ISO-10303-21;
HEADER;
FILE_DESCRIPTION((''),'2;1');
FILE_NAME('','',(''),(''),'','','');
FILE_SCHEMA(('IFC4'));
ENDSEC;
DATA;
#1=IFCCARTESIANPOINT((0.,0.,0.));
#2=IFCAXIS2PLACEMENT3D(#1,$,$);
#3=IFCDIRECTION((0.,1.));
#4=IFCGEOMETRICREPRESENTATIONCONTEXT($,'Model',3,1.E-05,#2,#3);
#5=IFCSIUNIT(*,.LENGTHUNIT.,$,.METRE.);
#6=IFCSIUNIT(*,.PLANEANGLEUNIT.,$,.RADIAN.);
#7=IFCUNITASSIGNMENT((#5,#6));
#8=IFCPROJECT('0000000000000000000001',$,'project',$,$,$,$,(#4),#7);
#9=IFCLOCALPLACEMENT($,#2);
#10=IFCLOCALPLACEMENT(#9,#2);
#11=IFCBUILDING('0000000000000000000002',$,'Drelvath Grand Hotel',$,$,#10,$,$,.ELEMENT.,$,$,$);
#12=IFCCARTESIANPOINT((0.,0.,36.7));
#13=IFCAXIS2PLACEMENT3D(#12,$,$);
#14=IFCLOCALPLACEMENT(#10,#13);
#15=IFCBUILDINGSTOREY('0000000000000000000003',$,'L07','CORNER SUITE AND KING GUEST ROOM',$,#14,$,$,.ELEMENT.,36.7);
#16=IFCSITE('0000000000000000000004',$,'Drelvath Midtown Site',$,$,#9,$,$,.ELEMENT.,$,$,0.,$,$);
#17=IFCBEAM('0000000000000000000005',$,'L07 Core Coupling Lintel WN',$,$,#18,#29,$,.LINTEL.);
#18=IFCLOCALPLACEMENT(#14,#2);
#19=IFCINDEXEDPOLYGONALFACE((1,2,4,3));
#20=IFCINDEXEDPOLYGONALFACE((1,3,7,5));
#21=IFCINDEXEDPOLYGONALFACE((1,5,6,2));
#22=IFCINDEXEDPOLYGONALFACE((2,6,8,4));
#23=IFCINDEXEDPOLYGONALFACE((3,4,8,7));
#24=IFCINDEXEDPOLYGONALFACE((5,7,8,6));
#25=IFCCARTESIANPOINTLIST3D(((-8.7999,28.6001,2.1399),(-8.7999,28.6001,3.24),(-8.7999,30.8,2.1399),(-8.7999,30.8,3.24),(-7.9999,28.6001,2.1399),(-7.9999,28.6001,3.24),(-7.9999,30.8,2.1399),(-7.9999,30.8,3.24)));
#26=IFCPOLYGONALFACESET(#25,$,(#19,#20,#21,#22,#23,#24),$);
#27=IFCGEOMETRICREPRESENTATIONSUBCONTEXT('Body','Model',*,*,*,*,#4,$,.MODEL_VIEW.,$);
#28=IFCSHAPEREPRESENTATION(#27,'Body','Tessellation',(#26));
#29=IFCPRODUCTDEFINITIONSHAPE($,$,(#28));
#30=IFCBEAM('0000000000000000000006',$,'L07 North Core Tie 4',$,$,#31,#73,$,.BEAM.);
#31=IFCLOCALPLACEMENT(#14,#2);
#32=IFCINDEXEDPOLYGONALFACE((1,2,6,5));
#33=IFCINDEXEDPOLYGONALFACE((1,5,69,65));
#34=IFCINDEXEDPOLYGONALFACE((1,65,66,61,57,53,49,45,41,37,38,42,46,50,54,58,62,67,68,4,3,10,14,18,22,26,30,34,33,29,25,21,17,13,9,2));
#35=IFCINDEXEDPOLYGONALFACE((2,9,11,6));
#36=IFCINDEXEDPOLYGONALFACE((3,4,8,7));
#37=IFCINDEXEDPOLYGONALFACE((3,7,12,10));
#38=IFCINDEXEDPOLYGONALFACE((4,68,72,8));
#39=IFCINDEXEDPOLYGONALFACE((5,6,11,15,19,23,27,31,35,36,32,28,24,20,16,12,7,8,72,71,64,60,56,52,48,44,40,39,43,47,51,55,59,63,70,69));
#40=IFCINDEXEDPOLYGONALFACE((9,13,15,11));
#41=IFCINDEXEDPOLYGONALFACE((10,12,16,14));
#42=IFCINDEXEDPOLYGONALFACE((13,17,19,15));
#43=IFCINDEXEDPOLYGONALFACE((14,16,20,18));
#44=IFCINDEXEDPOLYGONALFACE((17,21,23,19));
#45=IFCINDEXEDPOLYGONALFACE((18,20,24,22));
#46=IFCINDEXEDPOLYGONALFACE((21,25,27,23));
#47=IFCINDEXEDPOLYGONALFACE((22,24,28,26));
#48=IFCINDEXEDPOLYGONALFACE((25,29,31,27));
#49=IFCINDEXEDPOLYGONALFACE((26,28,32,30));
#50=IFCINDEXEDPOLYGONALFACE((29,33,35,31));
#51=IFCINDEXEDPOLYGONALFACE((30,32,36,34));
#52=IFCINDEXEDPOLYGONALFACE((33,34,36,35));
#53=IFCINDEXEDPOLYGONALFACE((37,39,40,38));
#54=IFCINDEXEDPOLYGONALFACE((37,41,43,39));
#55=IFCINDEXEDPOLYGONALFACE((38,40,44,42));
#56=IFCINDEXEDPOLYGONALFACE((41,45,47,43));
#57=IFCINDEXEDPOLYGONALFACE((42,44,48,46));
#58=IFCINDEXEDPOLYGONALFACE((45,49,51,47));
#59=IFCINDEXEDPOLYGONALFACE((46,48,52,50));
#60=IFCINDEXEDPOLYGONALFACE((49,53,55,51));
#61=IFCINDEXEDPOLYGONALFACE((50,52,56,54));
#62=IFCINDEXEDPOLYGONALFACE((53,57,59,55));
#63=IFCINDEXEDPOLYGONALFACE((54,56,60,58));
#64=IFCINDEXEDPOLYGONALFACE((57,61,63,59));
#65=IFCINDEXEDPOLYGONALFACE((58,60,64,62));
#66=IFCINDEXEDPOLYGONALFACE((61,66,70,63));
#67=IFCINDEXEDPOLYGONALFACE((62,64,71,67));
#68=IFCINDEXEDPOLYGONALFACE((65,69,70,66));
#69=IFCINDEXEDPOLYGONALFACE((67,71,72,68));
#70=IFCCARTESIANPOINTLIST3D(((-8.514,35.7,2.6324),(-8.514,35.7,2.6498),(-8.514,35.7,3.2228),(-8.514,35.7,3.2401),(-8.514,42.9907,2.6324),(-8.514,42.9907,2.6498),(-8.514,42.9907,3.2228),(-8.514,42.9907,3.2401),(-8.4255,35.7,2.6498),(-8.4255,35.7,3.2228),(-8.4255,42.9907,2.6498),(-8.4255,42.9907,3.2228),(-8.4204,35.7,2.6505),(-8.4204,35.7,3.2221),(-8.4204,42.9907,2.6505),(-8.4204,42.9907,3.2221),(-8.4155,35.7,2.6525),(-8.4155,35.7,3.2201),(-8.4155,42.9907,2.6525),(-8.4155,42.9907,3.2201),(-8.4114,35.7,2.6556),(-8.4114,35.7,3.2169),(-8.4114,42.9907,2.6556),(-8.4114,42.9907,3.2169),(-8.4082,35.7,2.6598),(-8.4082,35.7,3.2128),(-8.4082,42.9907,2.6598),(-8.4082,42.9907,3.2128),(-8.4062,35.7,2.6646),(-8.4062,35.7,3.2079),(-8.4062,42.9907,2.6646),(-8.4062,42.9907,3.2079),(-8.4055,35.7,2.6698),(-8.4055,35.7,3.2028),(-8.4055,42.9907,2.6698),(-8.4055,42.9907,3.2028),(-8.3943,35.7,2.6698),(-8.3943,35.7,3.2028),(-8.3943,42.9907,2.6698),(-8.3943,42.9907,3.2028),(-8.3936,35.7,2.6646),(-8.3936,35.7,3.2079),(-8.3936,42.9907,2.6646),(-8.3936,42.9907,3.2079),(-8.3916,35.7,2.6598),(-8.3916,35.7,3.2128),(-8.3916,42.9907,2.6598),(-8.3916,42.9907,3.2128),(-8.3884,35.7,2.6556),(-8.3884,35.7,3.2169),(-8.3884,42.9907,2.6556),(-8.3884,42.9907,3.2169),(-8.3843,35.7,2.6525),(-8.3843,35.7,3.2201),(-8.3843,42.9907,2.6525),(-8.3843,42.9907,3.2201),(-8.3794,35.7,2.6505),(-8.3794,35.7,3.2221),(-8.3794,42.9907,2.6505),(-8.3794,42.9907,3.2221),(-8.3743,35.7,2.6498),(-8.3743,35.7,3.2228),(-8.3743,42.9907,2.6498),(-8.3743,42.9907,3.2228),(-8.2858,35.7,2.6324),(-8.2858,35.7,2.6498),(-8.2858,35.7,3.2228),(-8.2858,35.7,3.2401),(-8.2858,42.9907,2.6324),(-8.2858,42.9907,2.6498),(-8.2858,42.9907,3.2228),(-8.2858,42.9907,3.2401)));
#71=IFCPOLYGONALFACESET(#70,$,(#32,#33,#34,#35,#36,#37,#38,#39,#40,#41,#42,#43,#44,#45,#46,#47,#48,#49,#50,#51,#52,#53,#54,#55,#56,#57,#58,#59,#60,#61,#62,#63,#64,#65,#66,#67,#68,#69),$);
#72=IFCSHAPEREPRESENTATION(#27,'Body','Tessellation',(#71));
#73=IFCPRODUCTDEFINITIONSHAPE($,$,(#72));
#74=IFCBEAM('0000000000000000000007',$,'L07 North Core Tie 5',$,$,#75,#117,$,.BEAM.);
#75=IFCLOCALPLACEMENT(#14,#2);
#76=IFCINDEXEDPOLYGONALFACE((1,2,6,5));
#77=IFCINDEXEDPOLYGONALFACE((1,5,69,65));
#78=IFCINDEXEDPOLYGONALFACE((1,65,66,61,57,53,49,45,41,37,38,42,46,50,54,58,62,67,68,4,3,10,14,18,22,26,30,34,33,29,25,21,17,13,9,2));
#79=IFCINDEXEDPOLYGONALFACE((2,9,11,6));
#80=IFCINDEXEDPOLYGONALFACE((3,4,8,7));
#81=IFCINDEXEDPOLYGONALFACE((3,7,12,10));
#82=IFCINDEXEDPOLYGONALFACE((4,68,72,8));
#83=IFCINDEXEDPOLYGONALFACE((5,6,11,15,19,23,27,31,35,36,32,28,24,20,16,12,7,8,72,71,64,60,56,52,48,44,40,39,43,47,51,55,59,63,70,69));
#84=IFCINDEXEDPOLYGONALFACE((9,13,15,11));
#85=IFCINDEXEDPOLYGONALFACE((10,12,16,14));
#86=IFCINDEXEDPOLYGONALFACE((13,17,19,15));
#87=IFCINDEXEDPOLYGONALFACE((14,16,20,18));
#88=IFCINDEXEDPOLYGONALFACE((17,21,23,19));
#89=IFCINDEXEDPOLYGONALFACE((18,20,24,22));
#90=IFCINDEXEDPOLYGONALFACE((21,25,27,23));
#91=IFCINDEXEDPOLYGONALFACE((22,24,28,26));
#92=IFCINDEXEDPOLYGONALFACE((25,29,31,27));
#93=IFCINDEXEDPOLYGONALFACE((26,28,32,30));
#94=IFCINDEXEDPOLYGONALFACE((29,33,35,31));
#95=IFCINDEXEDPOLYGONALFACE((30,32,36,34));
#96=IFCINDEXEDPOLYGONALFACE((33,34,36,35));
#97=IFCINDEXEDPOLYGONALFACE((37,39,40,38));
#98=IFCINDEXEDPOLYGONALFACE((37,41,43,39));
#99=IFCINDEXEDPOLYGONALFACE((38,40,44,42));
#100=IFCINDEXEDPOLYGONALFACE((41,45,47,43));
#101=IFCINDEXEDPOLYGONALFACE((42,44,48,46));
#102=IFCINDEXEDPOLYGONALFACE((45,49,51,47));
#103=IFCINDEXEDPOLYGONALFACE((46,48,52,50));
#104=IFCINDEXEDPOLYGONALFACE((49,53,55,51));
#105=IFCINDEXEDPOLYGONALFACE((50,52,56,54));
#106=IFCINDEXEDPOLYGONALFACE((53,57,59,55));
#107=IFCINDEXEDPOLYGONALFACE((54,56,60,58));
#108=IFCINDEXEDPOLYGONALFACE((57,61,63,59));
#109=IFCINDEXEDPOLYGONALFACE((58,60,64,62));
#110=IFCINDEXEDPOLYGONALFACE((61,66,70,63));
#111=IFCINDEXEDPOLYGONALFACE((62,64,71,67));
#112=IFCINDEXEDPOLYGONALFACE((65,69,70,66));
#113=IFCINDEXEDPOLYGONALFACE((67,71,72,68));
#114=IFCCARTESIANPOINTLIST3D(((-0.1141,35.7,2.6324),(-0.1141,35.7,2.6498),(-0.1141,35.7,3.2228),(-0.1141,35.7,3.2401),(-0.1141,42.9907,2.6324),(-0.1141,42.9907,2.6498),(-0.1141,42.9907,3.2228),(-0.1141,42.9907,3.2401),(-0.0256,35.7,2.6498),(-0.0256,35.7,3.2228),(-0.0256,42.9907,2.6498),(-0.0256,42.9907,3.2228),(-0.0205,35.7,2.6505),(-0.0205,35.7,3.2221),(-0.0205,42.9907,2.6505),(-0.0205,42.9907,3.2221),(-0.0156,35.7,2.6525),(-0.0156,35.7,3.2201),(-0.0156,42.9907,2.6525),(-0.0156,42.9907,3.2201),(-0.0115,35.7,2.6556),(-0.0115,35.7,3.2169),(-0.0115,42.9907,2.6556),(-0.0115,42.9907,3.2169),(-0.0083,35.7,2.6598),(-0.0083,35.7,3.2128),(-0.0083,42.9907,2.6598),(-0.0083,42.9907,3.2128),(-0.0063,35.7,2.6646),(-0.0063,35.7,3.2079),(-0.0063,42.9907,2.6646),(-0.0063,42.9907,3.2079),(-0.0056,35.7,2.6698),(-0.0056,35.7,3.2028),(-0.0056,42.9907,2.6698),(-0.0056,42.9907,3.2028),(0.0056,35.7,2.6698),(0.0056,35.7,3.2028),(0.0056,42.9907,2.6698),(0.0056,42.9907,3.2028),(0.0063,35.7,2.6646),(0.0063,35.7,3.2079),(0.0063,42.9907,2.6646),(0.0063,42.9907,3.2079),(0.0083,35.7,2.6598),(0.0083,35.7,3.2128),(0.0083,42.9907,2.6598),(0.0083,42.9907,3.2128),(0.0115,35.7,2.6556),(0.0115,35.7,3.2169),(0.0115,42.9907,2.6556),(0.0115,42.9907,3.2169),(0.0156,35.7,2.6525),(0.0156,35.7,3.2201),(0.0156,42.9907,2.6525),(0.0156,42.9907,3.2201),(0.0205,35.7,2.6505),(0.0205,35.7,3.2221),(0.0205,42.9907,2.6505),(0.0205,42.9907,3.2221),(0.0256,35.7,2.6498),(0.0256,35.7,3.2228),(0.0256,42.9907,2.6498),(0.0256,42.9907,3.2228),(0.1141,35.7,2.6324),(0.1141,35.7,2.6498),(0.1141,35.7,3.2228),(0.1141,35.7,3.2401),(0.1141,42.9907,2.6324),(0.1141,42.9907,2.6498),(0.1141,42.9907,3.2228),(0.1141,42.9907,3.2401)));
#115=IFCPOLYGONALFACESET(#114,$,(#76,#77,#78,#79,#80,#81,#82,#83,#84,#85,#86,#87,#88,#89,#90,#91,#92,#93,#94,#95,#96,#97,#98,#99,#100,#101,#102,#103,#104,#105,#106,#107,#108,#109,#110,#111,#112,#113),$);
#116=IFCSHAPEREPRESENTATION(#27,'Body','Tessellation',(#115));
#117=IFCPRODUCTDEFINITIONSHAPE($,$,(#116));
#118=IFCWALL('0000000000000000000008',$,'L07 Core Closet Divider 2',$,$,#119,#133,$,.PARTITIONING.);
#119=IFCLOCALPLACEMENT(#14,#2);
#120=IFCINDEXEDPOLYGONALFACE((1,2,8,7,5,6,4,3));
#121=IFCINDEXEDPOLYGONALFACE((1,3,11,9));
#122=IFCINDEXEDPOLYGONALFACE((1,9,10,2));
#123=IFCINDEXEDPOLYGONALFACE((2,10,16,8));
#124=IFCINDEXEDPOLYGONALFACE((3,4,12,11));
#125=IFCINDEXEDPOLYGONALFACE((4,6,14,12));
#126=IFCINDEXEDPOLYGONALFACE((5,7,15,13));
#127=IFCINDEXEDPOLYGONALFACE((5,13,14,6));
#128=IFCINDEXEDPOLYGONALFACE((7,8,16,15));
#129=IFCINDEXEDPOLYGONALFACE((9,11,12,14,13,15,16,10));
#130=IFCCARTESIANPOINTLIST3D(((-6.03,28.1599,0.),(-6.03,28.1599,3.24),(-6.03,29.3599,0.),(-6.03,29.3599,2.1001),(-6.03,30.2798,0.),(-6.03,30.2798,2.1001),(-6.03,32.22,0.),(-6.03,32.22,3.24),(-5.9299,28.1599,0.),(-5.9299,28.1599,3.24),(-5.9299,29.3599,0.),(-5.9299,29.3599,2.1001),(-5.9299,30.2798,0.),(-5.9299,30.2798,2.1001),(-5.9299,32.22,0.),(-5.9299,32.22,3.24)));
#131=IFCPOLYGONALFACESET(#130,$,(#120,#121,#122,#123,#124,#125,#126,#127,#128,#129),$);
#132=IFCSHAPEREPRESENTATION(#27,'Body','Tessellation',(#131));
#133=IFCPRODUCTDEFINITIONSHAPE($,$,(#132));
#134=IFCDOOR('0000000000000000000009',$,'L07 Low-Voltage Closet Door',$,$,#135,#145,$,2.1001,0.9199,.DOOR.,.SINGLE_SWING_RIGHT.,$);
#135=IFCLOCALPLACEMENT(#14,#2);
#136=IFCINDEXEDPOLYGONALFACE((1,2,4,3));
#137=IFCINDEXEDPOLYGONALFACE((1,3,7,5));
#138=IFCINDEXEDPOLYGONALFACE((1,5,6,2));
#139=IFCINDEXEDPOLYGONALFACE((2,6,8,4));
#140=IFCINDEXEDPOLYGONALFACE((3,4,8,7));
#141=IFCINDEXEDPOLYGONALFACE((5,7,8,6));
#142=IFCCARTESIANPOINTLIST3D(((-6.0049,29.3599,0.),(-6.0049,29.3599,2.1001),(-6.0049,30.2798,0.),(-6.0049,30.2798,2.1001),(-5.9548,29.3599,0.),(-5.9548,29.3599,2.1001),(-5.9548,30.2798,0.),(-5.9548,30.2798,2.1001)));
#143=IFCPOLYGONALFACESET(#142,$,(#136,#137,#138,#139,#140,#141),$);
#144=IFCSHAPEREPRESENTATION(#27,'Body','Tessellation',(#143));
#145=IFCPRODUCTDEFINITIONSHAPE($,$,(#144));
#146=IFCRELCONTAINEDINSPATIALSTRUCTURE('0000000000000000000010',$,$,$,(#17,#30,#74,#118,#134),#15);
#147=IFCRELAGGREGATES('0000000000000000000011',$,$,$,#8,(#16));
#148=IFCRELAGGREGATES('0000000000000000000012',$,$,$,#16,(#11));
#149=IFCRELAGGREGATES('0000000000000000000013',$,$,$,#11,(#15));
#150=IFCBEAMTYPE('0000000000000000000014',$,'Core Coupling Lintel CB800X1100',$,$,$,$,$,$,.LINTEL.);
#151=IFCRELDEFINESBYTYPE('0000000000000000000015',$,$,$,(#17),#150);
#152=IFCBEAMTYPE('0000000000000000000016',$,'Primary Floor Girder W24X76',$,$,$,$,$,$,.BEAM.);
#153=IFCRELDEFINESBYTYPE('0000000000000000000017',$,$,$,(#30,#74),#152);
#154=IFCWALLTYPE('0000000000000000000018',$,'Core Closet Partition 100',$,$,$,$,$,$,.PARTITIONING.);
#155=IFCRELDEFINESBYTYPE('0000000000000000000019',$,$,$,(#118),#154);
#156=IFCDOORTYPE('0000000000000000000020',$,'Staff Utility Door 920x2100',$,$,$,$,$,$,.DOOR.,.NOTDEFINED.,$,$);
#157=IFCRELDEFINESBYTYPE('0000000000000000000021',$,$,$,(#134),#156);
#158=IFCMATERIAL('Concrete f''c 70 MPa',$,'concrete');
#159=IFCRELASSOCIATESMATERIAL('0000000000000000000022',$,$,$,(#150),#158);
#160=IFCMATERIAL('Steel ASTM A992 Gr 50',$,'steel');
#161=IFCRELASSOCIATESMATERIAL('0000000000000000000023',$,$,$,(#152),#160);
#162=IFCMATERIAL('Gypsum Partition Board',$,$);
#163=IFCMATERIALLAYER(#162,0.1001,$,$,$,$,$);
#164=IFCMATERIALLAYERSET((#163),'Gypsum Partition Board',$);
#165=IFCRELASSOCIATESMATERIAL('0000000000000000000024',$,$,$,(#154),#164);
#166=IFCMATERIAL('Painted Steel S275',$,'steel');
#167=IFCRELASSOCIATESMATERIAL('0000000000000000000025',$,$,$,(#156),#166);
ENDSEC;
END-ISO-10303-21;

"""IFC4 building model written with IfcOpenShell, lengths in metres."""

from ifc_helpers import new_model, si_unit, direction, frame, frame_2d, origin, origin_2d, place, context, subcontext, project, spatial, rectangle, i_section, extrude, material, layer, layer_set, material_profile, profile_set, type_object, element, fill, save


model = new_model("IFC4")

# Units and contexts
model_context = context("Model", 3, precision=1e-05, world=origin(), true_north=direction((0.0, 1.0)))
body_context = subcontext(model_context, "Body", "Model", "MODEL_VIEW")
ifc_project = project(units=[si_unit("LENGTHUNIT", "METRE"), si_unit("PLANEANGLEUNIT", "RADIAN")], contexts=[model_context])

# Site, building, storey
site_placement = place(None, origin())
site = spatial("IfcSite", under=ifc_project, at=site_placement, Name="Drelvath Midtown Site", CompositionType="ELEMENT", RefElevation=0.0)
building_placement = place(site_placement, origin())
building = spatial("IfcBuilding", under=site, at=building_placement, Name="Drelvath Grand Hotel", CompositionType="ELEMENT")
storey_placement = place(building_placement, frame((0.0, 0.0, 36.7)))
storey = spatial("IfcBuildingStorey", under=building, at=storey_placement, Name="L07", Description="CORNER SUITE AND KING GUEST ROOM", CompositionType="ELEMENT", Elevation=36.7)

# Beams
ifc_material_1 = material(Name="Concrete f'c 70 MPa", Category="concrete")
ifc_material_profile_1 = material_profile(ifc_material_1, rectangle(XDim=0.8, YDim=1.1001, at=origin_2d()), Name="CB800X1100")
ifc_profile_set_1 = profile_set([ifc_material_profile_1], Name="Concrete f'c 70 MPa")
beam_type_1 = type_object("IfcBeamType", Name="Core Coupling Lintel CB800X1100", PredefinedType="LINTEL", material=ifc_profile_set_1)
beam_placement = place(storey_placement, frame((-8.3999, 28.6001, 2.6899), z_axis=(0.0, 1.0, 0.0), x_axis=(-1.0, 0.0, 0.0)))
element("IfcBeam", 1, at=beam_placement, inside=storey, type_object=beam_type_1, Name="L07 Core Coupling Lintel WN", PredefinedType="LINTEL", context=body_context, shape_type="SweptSolid", body=[
    extrude(rectangle(XDim=0.8, YDim=1.1001, at=origin_2d()), origin(), (0.0, 0.0, 1.0), 2.2),
])
ifc_material_2 = material(Name="Steel ASTM A992 Gr 50", Category="steel")
ifc_material_profile_2 = material_profile(ifc_material_2, i_section(OverallWidth=0.2283, OverallDepth=0.6077, WebThickness=0.0112, FlangeThickness=0.0173, FilletRadius=0.02, at=origin_2d()), Name="W24X76")
ifc_profile_set_2 = profile_set([ifc_material_profile_2], Name="Steel ASTM A992 Gr 50")
beam_type_2 = type_object("IfcBeamType", Name="Primary Floor Girder W24X76", PredefinedType="BEAM", material=ifc_profile_set_2)
for number, where, z_axis, x_axis, name in (
    (2, (-8.3999, 35.7, 2.9363), (0.0, 1.0, 0.0), (-1.0, 0.0, 0.0), "L07 North Core Tie 4"),
    (3, (0.0, 35.7, 2.9363), (0.0, 1.0, 0.0), (-1.0, 0.0, 0.0), "L07 North Core Tie 5"),
):
    element("IfcBeam", number, at=place(storey_placement, frame(where, z_axis=z_axis, x_axis=x_axis)), inside=storey, type_object=beam_type_2, Name=name, PredefinedType="BEAM", context=body_context, shape_type="SweptSolid", body=[
        extrude(i_section(OverallWidth=0.2283, OverallDepth=0.6077, WebThickness=0.0112, FlangeThickness=0.0173, FilletRadius=0.02, at=origin_2d()), origin(), (0.0, 0.0, 1.0), 7.2908),
    ])

# Wall, opening, door
ifc_material_3 = material(Name="Gypsum Partition Board")
ifc_layer_1 = layer(ifc_material_3, 0.1001)
ifc_layer_set_1 = layer_set([ifc_layer_1], Name="Gypsum Partition Board")
wall_type_1 = type_object("IfcWallType", Name="Core Closet Partition 100", PredefinedType="PARTITIONING", material=ifc_layer_set_1)
wall_1_placement = place(storey_placement, frame((-5.98, 28.1599, 0.0), z_axis=(0.0, 0.0, 1.0), x_axis=(0.0, 1.0, 0.0)))
wall_1 = element("IfcWall", 4, at=wall_1_placement, inside=storey, type_object=wall_type_1, Name="L07 Core Closet Divider 2", PredefinedType="PARTITIONING", context=body_context, shape_type="SweptSolid", body=[
    extrude(rectangle(XDim=4.0601, YDim=0.1001, at=frame_2d((2.03, 0.0))), origin(), (0.0, 0.0, 1.0), 3.24),
])
opening_1_placement = place(wall_1_placement, frame((1.2, 0.0, 0.0)))
opening_1 = element("IfcOpeningElement", 5, at=opening_1_placement, cuts=wall_1, PredefinedType="OPENING", context=body_context, shape_type="SweptSolid", body=[
    extrude(rectangle(XDim=0.9199, YDim=2.1001, at=frame_2d((0.46, 1.05))), frame((0.0, 0.0601, 0.0), z_axis=(0.0, -1.0, 0.0), x_axis=(1.0, 0.0, 0.0)), (0.0, 0.0, 1.0), 0.1201),
])
ifc_material_4 = material(Name="Painted Steel S275", Category="steel")
door_type_1 = type_object("IfcDoorType", Name="Staff Utility Door 920x2100", OperationType="NOTDEFINED", PredefinedType="DOOR", material=ifc_material_4)
door_1_placement = place(opening_1_placement, origin())
door_1 = element("IfcDoor", 6, at=door_1_placement, inside=storey, type_object=door_type_1, Name="L07 Low-Voltage Closet Door", OperationType="SINGLE_SWING_RIGHT", OverallHeight=2.1001, OverallWidth=0.9199, PredefinedType="DOOR", context=body_context, shape_type="SweptSolid", body=[
    extrude(rectangle(XDim=0.9199, YDim=2.1001, at=frame_2d((0.46, 1.05))), frame((0.0, 0.0249, 0.0), z_axis=(0.0, -1.0, 0.0), x_axis=(1.0, 0.0, 0.0)), (0.0, 0.0, 1.0), 0.05),
])
fill(opening_1, door_1)

save(model, "model.ifc")
